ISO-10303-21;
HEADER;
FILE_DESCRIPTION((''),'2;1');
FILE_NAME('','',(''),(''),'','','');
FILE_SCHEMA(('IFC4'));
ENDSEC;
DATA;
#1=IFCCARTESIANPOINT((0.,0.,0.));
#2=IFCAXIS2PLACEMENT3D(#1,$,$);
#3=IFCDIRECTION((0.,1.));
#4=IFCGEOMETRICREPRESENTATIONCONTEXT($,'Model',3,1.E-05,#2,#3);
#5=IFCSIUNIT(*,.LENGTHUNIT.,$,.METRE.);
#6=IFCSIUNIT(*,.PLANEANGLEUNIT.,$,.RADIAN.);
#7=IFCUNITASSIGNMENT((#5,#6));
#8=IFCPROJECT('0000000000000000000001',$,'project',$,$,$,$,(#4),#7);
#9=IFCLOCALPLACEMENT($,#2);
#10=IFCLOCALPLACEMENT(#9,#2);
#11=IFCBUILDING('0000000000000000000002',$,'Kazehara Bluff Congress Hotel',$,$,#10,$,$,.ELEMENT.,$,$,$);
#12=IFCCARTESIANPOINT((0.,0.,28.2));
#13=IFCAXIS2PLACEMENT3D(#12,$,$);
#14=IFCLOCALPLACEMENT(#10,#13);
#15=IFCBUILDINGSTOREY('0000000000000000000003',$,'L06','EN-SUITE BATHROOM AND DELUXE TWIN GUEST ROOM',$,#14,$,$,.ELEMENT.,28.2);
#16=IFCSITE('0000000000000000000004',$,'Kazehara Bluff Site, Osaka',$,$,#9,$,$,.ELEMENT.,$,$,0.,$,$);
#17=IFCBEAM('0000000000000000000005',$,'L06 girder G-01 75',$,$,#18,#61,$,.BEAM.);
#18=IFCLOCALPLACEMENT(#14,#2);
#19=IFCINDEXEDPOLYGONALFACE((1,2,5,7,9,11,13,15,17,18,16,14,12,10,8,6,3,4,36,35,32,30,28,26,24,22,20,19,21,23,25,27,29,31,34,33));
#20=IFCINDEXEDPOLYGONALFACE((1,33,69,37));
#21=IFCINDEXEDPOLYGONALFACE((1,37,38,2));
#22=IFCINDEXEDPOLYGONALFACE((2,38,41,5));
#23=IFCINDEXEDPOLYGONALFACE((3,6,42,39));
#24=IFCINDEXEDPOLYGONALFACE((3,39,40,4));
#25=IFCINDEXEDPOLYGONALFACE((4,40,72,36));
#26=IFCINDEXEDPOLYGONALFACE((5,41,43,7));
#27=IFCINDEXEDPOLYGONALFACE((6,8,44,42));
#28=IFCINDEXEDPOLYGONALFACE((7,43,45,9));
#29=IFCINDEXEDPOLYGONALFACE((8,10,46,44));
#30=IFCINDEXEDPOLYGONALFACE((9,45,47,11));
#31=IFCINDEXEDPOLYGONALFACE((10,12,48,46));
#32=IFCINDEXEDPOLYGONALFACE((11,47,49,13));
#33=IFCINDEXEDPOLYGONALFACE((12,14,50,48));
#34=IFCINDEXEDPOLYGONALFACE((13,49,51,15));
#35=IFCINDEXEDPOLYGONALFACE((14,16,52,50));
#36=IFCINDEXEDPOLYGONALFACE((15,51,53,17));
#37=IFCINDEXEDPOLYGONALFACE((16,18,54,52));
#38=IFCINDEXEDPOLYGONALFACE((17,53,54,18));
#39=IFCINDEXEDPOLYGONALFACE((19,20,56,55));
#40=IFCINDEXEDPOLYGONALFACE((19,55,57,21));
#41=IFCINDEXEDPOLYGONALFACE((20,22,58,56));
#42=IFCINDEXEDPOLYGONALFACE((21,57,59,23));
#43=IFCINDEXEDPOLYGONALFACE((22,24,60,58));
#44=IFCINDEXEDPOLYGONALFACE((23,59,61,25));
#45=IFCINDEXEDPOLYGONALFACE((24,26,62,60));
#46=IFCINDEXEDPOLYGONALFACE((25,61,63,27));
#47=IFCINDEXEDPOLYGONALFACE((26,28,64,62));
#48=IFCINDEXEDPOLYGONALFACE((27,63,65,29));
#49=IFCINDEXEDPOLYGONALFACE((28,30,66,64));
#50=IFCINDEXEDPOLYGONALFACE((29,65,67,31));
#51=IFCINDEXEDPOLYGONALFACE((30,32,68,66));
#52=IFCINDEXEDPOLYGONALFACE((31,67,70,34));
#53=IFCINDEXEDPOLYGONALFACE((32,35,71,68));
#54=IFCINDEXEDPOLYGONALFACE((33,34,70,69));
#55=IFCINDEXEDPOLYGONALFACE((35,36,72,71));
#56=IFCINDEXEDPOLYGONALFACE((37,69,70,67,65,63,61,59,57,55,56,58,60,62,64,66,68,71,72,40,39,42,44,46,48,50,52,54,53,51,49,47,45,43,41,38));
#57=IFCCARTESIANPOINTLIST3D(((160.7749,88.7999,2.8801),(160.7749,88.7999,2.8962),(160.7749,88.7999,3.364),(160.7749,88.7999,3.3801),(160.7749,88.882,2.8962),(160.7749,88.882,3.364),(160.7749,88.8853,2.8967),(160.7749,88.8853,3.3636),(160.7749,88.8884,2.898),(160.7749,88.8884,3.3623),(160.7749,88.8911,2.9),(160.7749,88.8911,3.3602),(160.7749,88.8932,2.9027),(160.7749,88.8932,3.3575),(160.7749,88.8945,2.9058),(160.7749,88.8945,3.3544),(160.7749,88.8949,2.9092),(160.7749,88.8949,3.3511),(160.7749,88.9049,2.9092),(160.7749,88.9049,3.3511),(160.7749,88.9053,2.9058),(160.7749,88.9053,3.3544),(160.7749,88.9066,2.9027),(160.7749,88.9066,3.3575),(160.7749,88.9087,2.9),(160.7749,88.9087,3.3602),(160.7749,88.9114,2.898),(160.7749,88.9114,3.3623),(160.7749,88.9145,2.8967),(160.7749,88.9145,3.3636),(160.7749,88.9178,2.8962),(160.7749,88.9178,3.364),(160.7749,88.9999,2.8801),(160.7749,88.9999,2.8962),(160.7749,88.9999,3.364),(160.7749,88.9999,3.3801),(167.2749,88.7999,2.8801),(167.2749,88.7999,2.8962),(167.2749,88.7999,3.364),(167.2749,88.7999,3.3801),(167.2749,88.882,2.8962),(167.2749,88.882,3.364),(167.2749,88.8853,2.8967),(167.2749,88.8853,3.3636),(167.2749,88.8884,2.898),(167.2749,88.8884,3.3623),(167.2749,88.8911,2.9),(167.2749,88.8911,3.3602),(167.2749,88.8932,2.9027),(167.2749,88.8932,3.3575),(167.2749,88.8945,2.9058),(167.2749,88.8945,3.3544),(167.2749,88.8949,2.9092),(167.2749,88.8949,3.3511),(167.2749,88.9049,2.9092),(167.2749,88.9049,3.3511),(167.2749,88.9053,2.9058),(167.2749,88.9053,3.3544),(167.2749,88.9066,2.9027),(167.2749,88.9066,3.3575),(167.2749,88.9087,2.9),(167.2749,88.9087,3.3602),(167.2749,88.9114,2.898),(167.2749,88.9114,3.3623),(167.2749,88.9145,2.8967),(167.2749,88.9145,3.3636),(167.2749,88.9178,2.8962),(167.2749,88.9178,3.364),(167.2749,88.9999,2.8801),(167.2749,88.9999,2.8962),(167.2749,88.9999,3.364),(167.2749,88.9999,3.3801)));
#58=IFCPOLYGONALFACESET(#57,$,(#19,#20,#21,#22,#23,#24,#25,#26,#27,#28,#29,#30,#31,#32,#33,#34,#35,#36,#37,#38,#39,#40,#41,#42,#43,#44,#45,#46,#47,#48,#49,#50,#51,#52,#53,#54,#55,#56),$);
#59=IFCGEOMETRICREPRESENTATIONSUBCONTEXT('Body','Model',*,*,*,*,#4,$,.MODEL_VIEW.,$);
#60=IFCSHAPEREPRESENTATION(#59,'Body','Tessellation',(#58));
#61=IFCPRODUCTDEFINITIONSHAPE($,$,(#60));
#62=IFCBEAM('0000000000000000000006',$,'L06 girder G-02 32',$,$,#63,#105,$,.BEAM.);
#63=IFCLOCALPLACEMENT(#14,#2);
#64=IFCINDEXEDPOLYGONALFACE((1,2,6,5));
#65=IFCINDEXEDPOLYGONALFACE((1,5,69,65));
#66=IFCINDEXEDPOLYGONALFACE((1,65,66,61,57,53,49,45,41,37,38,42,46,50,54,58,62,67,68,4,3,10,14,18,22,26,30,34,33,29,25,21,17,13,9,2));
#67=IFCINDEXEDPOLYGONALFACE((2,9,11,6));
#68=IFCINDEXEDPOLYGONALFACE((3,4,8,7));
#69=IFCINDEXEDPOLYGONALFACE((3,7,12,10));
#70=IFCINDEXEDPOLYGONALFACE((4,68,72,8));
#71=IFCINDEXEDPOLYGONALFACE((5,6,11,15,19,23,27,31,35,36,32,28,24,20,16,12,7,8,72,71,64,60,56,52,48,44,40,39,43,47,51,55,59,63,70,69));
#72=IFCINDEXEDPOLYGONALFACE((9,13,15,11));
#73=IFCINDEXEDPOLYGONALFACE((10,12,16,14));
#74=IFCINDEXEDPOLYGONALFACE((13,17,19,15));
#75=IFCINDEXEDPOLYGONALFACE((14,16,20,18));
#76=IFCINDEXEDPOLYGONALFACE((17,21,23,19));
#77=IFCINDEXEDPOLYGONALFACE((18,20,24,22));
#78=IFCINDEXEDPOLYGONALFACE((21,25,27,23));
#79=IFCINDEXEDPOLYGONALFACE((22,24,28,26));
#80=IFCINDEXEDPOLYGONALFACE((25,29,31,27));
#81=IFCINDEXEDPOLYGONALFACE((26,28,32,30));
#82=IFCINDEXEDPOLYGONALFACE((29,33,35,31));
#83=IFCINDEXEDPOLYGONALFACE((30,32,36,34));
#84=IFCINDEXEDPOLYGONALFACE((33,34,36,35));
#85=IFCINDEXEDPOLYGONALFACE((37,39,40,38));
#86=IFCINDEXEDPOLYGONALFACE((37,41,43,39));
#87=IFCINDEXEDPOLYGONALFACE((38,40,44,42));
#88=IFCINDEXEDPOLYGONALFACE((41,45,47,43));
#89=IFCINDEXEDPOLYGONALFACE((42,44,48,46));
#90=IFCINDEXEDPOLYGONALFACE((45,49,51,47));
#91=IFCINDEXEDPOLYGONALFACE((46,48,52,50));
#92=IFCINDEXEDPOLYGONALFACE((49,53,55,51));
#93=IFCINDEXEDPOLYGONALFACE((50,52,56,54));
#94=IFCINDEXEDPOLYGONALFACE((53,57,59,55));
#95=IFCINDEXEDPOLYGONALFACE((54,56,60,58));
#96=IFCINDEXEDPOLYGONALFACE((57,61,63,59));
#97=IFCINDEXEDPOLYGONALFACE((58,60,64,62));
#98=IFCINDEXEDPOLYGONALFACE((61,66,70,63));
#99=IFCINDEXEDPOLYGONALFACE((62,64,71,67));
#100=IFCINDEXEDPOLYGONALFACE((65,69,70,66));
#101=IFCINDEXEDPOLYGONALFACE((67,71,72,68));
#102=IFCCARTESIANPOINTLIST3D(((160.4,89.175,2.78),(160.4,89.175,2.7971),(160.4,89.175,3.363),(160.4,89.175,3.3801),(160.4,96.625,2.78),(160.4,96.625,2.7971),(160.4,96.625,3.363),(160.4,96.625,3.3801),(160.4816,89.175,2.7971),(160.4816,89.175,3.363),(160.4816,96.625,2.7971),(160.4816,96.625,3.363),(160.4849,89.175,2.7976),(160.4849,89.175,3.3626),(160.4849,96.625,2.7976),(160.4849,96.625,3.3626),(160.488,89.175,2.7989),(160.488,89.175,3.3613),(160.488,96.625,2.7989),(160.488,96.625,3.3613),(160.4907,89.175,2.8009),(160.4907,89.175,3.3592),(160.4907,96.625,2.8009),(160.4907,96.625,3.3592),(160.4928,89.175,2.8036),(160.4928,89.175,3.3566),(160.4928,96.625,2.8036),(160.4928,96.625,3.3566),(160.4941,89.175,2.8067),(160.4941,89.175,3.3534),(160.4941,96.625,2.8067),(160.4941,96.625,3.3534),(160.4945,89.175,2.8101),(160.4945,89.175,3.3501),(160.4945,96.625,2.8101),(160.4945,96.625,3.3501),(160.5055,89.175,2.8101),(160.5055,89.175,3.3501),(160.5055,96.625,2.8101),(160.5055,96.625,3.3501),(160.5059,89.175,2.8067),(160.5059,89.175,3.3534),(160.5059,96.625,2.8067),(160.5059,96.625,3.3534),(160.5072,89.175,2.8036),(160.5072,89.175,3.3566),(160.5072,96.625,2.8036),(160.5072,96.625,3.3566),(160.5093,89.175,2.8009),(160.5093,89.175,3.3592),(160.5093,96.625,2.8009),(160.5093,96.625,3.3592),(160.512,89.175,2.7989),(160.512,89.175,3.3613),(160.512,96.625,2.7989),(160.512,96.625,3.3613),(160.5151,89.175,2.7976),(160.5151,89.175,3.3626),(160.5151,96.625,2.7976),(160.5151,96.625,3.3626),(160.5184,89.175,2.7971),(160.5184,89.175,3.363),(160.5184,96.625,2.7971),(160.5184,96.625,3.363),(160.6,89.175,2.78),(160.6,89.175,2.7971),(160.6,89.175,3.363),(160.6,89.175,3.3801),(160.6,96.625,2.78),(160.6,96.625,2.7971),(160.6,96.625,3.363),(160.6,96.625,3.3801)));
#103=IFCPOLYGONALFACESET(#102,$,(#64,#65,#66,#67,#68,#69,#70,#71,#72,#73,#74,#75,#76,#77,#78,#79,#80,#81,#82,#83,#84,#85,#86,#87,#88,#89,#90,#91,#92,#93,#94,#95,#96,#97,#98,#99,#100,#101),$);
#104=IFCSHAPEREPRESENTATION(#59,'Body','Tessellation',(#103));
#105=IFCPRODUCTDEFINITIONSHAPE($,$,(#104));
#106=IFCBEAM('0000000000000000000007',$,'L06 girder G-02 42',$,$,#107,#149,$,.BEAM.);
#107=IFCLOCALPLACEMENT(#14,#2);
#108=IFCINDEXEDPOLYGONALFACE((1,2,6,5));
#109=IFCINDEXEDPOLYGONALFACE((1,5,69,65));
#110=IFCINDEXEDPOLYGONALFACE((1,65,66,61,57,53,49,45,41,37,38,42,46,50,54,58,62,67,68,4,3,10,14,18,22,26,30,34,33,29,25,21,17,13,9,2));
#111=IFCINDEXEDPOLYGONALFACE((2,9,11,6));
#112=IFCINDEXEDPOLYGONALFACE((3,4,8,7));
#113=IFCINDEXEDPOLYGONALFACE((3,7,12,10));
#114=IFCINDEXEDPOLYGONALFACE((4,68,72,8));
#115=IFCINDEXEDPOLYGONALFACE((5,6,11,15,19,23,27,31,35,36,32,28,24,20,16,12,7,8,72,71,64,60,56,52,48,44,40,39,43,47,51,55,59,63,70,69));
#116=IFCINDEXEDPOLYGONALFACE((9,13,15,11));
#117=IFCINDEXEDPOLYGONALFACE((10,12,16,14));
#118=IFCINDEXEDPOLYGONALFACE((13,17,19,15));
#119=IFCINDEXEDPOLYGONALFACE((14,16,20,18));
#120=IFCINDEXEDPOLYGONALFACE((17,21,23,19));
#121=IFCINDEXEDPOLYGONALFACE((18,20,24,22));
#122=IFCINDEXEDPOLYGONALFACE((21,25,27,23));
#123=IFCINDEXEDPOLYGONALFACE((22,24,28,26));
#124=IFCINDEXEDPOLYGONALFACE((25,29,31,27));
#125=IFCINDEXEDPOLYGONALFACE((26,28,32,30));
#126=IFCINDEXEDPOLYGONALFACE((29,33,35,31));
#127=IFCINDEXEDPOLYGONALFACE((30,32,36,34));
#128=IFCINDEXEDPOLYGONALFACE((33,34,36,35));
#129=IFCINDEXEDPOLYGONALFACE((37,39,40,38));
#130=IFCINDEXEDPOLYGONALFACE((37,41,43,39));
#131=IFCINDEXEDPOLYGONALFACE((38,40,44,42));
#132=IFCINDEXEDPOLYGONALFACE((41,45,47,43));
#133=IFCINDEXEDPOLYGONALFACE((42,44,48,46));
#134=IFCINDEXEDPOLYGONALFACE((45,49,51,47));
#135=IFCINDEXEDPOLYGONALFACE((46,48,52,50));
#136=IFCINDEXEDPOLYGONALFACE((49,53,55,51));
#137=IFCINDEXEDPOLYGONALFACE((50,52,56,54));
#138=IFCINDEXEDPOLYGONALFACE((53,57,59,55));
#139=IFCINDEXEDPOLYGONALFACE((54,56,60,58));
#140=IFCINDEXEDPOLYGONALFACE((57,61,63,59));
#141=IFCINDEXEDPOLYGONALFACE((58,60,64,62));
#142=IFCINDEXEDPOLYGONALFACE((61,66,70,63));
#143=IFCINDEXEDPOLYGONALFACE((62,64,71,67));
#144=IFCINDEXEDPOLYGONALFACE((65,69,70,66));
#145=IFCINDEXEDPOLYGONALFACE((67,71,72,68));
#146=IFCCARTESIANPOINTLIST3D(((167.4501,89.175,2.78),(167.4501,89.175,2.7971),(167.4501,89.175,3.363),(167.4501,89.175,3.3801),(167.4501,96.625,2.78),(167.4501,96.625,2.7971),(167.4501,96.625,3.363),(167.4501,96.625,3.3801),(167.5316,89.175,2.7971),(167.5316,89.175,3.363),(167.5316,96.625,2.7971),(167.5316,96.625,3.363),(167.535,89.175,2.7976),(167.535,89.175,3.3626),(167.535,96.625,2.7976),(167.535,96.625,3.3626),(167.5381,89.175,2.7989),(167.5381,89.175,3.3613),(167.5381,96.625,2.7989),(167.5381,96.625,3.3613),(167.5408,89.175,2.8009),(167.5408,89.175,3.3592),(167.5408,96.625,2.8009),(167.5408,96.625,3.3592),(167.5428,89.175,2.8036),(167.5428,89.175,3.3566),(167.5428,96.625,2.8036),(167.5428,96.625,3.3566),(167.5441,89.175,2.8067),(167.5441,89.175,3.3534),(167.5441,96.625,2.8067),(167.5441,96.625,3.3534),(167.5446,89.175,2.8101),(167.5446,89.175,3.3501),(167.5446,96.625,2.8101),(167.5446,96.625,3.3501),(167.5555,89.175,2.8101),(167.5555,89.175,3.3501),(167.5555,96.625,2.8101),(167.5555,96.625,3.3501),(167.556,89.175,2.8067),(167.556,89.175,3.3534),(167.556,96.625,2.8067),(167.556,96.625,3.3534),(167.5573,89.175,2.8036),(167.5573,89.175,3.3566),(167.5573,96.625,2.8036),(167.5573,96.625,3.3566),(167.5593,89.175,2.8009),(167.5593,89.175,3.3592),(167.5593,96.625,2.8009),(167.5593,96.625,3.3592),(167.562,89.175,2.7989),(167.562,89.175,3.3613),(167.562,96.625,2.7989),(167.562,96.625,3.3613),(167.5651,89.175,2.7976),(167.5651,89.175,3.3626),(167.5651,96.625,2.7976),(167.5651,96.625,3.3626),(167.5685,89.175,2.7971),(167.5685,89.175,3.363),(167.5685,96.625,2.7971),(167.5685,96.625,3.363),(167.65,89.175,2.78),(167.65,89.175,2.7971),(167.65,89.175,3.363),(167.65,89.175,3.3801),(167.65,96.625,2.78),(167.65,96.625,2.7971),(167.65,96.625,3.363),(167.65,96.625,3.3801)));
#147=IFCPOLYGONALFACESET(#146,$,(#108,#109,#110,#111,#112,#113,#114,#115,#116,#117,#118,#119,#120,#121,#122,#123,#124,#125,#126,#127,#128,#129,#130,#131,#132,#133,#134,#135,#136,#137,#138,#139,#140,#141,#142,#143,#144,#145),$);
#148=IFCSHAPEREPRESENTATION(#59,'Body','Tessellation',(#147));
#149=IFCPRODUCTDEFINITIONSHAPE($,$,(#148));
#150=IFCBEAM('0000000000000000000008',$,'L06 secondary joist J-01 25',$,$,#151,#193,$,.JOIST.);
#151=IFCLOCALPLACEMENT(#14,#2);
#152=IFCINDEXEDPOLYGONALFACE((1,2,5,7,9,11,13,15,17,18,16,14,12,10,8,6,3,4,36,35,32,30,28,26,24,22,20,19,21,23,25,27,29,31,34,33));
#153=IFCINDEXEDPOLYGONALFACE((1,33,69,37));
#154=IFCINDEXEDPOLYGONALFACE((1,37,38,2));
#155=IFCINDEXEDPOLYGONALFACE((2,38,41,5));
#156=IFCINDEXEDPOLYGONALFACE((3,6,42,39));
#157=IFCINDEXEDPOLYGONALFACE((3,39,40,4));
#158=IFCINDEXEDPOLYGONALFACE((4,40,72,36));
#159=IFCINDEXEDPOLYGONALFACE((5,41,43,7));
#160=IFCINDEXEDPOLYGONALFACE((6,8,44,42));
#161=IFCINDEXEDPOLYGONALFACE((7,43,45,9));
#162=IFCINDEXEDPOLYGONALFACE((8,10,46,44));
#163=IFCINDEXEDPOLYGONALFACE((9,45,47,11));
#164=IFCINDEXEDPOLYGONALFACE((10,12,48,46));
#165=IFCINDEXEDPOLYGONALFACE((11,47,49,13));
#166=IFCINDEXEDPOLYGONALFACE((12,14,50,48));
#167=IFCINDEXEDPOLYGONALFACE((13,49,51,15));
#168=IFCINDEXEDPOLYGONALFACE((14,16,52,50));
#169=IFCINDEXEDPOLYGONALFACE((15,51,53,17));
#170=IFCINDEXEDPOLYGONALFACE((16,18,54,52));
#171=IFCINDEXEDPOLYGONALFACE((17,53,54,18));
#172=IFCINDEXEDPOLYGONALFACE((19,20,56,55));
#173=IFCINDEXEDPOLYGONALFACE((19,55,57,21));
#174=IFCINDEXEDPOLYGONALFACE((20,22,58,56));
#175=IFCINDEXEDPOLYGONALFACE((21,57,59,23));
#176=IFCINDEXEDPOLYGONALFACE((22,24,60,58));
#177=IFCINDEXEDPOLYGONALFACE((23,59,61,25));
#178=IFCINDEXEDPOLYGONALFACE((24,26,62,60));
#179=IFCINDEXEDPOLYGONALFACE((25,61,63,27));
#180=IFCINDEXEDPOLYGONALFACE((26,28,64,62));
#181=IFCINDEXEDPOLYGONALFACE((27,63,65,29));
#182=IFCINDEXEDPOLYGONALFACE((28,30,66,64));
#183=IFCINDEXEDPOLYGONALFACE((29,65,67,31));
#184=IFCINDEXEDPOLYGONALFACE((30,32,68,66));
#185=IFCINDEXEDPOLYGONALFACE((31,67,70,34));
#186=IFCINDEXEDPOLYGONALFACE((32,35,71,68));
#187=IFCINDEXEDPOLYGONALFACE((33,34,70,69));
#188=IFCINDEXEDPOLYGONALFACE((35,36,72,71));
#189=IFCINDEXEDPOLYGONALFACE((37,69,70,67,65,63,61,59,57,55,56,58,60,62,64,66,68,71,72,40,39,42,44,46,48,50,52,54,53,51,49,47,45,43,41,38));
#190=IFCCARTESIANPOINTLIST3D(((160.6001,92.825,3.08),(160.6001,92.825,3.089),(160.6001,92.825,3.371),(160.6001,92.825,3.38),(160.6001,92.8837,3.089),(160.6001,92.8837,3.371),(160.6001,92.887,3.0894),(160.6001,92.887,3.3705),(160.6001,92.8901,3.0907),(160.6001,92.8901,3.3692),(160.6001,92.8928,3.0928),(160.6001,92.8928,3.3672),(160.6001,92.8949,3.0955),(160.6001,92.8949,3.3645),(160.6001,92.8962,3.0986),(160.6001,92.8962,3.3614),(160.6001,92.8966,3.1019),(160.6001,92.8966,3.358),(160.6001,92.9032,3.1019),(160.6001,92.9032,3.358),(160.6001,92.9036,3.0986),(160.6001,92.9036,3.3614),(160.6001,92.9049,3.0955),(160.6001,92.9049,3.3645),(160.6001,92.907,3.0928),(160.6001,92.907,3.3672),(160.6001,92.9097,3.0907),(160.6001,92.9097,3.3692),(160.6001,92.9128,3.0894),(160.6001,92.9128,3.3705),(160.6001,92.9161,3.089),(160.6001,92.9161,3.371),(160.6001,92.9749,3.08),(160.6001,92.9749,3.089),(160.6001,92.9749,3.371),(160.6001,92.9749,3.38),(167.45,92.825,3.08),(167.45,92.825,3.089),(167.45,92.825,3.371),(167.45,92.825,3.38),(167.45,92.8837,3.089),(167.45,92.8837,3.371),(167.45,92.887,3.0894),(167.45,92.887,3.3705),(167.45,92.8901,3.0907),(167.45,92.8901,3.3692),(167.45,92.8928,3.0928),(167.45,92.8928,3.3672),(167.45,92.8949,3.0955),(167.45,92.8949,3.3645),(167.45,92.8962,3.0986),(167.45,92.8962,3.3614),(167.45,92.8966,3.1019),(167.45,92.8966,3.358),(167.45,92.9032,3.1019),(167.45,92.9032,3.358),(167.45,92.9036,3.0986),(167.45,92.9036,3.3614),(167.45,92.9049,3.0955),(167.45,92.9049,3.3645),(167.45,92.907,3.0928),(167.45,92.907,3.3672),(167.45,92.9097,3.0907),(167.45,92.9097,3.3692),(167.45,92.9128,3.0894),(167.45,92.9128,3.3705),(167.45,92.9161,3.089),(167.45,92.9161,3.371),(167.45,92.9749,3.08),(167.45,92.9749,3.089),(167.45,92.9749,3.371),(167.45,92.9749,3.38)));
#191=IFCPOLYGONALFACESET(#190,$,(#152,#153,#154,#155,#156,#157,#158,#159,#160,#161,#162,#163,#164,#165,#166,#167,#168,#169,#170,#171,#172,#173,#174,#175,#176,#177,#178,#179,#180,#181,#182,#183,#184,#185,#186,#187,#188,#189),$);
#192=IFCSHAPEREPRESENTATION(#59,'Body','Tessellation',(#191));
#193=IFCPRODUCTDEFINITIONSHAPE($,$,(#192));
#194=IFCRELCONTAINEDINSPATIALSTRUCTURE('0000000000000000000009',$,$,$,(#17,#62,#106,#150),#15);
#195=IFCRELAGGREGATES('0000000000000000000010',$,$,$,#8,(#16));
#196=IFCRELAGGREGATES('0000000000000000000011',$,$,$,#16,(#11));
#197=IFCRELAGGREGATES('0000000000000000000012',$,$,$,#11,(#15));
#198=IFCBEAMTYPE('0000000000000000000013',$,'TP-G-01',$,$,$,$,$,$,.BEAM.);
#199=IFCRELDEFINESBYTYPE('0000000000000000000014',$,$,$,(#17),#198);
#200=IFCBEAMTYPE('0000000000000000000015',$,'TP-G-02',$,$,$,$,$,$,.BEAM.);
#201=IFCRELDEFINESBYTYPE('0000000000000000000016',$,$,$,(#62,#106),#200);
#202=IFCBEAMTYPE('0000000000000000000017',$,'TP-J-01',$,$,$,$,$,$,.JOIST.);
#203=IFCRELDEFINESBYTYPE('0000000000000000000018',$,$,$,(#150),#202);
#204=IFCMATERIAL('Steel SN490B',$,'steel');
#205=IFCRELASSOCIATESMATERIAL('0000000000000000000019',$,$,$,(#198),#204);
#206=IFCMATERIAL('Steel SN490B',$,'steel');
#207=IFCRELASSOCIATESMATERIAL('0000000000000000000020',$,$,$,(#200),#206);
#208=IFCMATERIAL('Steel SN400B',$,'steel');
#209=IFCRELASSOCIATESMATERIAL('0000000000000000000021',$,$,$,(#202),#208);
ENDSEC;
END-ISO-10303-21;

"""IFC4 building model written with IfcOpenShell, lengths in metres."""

from ifc_helpers import new_model, si_unit, direction, frame, origin, origin_2d, place, context, subcontext, project, spatial, i_section, extrude, material, material_profile, profile_set, type_object, element, save


model = new_model("IFC4")

# Units and contexts
model_context = context("Model", 3, precision=1e-05, world=origin(), true_north=direction((0.0, 1.0)))
body_context = subcontext(model_context, "Body", "Model", "MODEL_VIEW")
ifc_project = project(units=[si_unit("LENGTHUNIT", "METRE"), si_unit("PLANEANGLEUNIT", "RADIAN")], contexts=[model_context])

# Site, building, storey
site_placement = place(None, origin())
site = spatial("IfcSite", under=ifc_project, at=site_placement, Name="Kazehara Bluff Site, Osaka", CompositionType="ELEMENT", RefElevation=0.0)
building_placement = place(site_placement, origin())
building = spatial("IfcBuilding", under=site, at=building_placement, Name="Kazehara Bluff Congress Hotel", CompositionType="ELEMENT")
storey_placement = place(building_placement, frame((0.0, 0.0, 28.2)))
storey = spatial("IfcBuildingStorey", under=building, at=storey_placement, Name="L06", Description="EN-SUITE BATHROOM AND DELUXE TWIN GUEST ROOM", CompositionType="ELEMENT", Elevation=28.2)

# Beams
ifc_material_1 = material(Name="Steel SN490B", Category="steel")
ifc_material_profile_1 = material_profile(ifc_material_1, i_section(OverallWidth=0.2, OverallDepth=0.5, WebThickness=0.01, FlangeThickness=0.0161, FilletRadius=0.0129, at=origin_2d()))
ifc_profile_set_1 = profile_set([ifc_material_profile_1], Name="Steel SN490B")
beam_type_1 = type_object("IfcBeamType", Name="TP-G-01", PredefinedType="BEAM", material=ifc_profile_set_1)
beam_1_placement = place(storey_placement, frame((160.7749, 88.8999, 3.1301), z_axis=(1.0, 0.0, 0.0), x_axis=(0.0, 1.0, 0.0)))
element("IfcBeam", 1, at=beam_1_placement, inside=storey, type_object=beam_type_1, Name="L06 girder G-01 75", PredefinedType="BEAM", context=body_context, shape_type="SweptSolid", body=[
    extrude(i_section(OverallWidth=0.2, OverallDepth=0.5, WebThickness=0.01, FlangeThickness=0.0161, FilletRadius=0.0129, at=origin_2d()), origin(), (0.0, 0.0, 1.0), 6.5),
])
ifc_material_2 = material(Name="Steel SN490B", Category="steel")
ifc_material_profile_2 = material_profile(ifc_material_2, i_section(OverallWidth=0.2, OverallDepth=0.6001, WebThickness=0.011, FlangeThickness=0.0171, FilletRadius=0.0129, at=origin_2d()))
ifc_profile_set_2 = profile_set([ifc_material_profile_2], Name="Steel SN490B")
beam_type_2 = type_object("IfcBeamType", Name="TP-G-02", PredefinedType="BEAM", material=ifc_profile_set_2)
for number, where, z_axis, x_axis, name in (
    (2, (160.5, 89.175, 3.0801), (0.0, 1.0, 0.0), (-1.0, 0.0, 0.0), "L06 girder G-02 32"),
    (3, (167.55, 89.175, 3.0801), (0.0, 1.0, 0.0), (-1.0, 0.0, 0.0), "L06 girder G-02 42"),
):
    element("IfcBeam", number, at=place(storey_placement, frame(where, z_axis=z_axis, x_axis=x_axis)), inside=storey, type_object=beam_type_2, Name=name, PredefinedType="BEAM", context=body_context, shape_type="SweptSolid", body=[
        extrude(i_section(OverallWidth=0.2, OverallDepth=0.6001, WebThickness=0.011, FlangeThickness=0.0171, FilletRadius=0.0129, at=origin_2d()), origin(), (0.0, 0.0, 1.0), 7.45),
    ])
ifc_material_3 = material(Name="Steel SN400B", Category="steel")
ifc_material_profile_3 = material_profile(ifc_material_3, i_section(OverallWidth=0.1499, OverallDepth=0.3, WebThickness=0.0066, FlangeThickness=0.009, FilletRadius=0.0129, at=origin_2d()))
ifc_profile_set_3 = profile_set([ifc_material_profile_3], Name="Steel SN400B")
beam_type_3 = type_object("IfcBeamType", Name="TP-J-01", PredefinedType="JOIST", material=ifc_profile_set_3)
beam_2_placement = place(storey_placement, frame((160.6001, 92.8999, 3.23), z_axis=(1.0, 0.0, 0.0), x_axis=(0.0, 1.0, 0.0)))
element("IfcBeam", 4, at=beam_2_placement, inside=storey, type_object=beam_type_3, Name="L06 secondary joist J-01 25", PredefinedType="JOIST", context=body_context, shape_type="SweptSolid", body=[
    extrude(i_section(OverallWidth=0.1499, OverallDepth=0.3, WebThickness=0.0066, FlangeThickness=0.009, FilletRadius=0.0129, at=origin_2d()), origin(), (0.0, 0.0, 1.0), 6.8499),
])

save(model, "model.ifc")
